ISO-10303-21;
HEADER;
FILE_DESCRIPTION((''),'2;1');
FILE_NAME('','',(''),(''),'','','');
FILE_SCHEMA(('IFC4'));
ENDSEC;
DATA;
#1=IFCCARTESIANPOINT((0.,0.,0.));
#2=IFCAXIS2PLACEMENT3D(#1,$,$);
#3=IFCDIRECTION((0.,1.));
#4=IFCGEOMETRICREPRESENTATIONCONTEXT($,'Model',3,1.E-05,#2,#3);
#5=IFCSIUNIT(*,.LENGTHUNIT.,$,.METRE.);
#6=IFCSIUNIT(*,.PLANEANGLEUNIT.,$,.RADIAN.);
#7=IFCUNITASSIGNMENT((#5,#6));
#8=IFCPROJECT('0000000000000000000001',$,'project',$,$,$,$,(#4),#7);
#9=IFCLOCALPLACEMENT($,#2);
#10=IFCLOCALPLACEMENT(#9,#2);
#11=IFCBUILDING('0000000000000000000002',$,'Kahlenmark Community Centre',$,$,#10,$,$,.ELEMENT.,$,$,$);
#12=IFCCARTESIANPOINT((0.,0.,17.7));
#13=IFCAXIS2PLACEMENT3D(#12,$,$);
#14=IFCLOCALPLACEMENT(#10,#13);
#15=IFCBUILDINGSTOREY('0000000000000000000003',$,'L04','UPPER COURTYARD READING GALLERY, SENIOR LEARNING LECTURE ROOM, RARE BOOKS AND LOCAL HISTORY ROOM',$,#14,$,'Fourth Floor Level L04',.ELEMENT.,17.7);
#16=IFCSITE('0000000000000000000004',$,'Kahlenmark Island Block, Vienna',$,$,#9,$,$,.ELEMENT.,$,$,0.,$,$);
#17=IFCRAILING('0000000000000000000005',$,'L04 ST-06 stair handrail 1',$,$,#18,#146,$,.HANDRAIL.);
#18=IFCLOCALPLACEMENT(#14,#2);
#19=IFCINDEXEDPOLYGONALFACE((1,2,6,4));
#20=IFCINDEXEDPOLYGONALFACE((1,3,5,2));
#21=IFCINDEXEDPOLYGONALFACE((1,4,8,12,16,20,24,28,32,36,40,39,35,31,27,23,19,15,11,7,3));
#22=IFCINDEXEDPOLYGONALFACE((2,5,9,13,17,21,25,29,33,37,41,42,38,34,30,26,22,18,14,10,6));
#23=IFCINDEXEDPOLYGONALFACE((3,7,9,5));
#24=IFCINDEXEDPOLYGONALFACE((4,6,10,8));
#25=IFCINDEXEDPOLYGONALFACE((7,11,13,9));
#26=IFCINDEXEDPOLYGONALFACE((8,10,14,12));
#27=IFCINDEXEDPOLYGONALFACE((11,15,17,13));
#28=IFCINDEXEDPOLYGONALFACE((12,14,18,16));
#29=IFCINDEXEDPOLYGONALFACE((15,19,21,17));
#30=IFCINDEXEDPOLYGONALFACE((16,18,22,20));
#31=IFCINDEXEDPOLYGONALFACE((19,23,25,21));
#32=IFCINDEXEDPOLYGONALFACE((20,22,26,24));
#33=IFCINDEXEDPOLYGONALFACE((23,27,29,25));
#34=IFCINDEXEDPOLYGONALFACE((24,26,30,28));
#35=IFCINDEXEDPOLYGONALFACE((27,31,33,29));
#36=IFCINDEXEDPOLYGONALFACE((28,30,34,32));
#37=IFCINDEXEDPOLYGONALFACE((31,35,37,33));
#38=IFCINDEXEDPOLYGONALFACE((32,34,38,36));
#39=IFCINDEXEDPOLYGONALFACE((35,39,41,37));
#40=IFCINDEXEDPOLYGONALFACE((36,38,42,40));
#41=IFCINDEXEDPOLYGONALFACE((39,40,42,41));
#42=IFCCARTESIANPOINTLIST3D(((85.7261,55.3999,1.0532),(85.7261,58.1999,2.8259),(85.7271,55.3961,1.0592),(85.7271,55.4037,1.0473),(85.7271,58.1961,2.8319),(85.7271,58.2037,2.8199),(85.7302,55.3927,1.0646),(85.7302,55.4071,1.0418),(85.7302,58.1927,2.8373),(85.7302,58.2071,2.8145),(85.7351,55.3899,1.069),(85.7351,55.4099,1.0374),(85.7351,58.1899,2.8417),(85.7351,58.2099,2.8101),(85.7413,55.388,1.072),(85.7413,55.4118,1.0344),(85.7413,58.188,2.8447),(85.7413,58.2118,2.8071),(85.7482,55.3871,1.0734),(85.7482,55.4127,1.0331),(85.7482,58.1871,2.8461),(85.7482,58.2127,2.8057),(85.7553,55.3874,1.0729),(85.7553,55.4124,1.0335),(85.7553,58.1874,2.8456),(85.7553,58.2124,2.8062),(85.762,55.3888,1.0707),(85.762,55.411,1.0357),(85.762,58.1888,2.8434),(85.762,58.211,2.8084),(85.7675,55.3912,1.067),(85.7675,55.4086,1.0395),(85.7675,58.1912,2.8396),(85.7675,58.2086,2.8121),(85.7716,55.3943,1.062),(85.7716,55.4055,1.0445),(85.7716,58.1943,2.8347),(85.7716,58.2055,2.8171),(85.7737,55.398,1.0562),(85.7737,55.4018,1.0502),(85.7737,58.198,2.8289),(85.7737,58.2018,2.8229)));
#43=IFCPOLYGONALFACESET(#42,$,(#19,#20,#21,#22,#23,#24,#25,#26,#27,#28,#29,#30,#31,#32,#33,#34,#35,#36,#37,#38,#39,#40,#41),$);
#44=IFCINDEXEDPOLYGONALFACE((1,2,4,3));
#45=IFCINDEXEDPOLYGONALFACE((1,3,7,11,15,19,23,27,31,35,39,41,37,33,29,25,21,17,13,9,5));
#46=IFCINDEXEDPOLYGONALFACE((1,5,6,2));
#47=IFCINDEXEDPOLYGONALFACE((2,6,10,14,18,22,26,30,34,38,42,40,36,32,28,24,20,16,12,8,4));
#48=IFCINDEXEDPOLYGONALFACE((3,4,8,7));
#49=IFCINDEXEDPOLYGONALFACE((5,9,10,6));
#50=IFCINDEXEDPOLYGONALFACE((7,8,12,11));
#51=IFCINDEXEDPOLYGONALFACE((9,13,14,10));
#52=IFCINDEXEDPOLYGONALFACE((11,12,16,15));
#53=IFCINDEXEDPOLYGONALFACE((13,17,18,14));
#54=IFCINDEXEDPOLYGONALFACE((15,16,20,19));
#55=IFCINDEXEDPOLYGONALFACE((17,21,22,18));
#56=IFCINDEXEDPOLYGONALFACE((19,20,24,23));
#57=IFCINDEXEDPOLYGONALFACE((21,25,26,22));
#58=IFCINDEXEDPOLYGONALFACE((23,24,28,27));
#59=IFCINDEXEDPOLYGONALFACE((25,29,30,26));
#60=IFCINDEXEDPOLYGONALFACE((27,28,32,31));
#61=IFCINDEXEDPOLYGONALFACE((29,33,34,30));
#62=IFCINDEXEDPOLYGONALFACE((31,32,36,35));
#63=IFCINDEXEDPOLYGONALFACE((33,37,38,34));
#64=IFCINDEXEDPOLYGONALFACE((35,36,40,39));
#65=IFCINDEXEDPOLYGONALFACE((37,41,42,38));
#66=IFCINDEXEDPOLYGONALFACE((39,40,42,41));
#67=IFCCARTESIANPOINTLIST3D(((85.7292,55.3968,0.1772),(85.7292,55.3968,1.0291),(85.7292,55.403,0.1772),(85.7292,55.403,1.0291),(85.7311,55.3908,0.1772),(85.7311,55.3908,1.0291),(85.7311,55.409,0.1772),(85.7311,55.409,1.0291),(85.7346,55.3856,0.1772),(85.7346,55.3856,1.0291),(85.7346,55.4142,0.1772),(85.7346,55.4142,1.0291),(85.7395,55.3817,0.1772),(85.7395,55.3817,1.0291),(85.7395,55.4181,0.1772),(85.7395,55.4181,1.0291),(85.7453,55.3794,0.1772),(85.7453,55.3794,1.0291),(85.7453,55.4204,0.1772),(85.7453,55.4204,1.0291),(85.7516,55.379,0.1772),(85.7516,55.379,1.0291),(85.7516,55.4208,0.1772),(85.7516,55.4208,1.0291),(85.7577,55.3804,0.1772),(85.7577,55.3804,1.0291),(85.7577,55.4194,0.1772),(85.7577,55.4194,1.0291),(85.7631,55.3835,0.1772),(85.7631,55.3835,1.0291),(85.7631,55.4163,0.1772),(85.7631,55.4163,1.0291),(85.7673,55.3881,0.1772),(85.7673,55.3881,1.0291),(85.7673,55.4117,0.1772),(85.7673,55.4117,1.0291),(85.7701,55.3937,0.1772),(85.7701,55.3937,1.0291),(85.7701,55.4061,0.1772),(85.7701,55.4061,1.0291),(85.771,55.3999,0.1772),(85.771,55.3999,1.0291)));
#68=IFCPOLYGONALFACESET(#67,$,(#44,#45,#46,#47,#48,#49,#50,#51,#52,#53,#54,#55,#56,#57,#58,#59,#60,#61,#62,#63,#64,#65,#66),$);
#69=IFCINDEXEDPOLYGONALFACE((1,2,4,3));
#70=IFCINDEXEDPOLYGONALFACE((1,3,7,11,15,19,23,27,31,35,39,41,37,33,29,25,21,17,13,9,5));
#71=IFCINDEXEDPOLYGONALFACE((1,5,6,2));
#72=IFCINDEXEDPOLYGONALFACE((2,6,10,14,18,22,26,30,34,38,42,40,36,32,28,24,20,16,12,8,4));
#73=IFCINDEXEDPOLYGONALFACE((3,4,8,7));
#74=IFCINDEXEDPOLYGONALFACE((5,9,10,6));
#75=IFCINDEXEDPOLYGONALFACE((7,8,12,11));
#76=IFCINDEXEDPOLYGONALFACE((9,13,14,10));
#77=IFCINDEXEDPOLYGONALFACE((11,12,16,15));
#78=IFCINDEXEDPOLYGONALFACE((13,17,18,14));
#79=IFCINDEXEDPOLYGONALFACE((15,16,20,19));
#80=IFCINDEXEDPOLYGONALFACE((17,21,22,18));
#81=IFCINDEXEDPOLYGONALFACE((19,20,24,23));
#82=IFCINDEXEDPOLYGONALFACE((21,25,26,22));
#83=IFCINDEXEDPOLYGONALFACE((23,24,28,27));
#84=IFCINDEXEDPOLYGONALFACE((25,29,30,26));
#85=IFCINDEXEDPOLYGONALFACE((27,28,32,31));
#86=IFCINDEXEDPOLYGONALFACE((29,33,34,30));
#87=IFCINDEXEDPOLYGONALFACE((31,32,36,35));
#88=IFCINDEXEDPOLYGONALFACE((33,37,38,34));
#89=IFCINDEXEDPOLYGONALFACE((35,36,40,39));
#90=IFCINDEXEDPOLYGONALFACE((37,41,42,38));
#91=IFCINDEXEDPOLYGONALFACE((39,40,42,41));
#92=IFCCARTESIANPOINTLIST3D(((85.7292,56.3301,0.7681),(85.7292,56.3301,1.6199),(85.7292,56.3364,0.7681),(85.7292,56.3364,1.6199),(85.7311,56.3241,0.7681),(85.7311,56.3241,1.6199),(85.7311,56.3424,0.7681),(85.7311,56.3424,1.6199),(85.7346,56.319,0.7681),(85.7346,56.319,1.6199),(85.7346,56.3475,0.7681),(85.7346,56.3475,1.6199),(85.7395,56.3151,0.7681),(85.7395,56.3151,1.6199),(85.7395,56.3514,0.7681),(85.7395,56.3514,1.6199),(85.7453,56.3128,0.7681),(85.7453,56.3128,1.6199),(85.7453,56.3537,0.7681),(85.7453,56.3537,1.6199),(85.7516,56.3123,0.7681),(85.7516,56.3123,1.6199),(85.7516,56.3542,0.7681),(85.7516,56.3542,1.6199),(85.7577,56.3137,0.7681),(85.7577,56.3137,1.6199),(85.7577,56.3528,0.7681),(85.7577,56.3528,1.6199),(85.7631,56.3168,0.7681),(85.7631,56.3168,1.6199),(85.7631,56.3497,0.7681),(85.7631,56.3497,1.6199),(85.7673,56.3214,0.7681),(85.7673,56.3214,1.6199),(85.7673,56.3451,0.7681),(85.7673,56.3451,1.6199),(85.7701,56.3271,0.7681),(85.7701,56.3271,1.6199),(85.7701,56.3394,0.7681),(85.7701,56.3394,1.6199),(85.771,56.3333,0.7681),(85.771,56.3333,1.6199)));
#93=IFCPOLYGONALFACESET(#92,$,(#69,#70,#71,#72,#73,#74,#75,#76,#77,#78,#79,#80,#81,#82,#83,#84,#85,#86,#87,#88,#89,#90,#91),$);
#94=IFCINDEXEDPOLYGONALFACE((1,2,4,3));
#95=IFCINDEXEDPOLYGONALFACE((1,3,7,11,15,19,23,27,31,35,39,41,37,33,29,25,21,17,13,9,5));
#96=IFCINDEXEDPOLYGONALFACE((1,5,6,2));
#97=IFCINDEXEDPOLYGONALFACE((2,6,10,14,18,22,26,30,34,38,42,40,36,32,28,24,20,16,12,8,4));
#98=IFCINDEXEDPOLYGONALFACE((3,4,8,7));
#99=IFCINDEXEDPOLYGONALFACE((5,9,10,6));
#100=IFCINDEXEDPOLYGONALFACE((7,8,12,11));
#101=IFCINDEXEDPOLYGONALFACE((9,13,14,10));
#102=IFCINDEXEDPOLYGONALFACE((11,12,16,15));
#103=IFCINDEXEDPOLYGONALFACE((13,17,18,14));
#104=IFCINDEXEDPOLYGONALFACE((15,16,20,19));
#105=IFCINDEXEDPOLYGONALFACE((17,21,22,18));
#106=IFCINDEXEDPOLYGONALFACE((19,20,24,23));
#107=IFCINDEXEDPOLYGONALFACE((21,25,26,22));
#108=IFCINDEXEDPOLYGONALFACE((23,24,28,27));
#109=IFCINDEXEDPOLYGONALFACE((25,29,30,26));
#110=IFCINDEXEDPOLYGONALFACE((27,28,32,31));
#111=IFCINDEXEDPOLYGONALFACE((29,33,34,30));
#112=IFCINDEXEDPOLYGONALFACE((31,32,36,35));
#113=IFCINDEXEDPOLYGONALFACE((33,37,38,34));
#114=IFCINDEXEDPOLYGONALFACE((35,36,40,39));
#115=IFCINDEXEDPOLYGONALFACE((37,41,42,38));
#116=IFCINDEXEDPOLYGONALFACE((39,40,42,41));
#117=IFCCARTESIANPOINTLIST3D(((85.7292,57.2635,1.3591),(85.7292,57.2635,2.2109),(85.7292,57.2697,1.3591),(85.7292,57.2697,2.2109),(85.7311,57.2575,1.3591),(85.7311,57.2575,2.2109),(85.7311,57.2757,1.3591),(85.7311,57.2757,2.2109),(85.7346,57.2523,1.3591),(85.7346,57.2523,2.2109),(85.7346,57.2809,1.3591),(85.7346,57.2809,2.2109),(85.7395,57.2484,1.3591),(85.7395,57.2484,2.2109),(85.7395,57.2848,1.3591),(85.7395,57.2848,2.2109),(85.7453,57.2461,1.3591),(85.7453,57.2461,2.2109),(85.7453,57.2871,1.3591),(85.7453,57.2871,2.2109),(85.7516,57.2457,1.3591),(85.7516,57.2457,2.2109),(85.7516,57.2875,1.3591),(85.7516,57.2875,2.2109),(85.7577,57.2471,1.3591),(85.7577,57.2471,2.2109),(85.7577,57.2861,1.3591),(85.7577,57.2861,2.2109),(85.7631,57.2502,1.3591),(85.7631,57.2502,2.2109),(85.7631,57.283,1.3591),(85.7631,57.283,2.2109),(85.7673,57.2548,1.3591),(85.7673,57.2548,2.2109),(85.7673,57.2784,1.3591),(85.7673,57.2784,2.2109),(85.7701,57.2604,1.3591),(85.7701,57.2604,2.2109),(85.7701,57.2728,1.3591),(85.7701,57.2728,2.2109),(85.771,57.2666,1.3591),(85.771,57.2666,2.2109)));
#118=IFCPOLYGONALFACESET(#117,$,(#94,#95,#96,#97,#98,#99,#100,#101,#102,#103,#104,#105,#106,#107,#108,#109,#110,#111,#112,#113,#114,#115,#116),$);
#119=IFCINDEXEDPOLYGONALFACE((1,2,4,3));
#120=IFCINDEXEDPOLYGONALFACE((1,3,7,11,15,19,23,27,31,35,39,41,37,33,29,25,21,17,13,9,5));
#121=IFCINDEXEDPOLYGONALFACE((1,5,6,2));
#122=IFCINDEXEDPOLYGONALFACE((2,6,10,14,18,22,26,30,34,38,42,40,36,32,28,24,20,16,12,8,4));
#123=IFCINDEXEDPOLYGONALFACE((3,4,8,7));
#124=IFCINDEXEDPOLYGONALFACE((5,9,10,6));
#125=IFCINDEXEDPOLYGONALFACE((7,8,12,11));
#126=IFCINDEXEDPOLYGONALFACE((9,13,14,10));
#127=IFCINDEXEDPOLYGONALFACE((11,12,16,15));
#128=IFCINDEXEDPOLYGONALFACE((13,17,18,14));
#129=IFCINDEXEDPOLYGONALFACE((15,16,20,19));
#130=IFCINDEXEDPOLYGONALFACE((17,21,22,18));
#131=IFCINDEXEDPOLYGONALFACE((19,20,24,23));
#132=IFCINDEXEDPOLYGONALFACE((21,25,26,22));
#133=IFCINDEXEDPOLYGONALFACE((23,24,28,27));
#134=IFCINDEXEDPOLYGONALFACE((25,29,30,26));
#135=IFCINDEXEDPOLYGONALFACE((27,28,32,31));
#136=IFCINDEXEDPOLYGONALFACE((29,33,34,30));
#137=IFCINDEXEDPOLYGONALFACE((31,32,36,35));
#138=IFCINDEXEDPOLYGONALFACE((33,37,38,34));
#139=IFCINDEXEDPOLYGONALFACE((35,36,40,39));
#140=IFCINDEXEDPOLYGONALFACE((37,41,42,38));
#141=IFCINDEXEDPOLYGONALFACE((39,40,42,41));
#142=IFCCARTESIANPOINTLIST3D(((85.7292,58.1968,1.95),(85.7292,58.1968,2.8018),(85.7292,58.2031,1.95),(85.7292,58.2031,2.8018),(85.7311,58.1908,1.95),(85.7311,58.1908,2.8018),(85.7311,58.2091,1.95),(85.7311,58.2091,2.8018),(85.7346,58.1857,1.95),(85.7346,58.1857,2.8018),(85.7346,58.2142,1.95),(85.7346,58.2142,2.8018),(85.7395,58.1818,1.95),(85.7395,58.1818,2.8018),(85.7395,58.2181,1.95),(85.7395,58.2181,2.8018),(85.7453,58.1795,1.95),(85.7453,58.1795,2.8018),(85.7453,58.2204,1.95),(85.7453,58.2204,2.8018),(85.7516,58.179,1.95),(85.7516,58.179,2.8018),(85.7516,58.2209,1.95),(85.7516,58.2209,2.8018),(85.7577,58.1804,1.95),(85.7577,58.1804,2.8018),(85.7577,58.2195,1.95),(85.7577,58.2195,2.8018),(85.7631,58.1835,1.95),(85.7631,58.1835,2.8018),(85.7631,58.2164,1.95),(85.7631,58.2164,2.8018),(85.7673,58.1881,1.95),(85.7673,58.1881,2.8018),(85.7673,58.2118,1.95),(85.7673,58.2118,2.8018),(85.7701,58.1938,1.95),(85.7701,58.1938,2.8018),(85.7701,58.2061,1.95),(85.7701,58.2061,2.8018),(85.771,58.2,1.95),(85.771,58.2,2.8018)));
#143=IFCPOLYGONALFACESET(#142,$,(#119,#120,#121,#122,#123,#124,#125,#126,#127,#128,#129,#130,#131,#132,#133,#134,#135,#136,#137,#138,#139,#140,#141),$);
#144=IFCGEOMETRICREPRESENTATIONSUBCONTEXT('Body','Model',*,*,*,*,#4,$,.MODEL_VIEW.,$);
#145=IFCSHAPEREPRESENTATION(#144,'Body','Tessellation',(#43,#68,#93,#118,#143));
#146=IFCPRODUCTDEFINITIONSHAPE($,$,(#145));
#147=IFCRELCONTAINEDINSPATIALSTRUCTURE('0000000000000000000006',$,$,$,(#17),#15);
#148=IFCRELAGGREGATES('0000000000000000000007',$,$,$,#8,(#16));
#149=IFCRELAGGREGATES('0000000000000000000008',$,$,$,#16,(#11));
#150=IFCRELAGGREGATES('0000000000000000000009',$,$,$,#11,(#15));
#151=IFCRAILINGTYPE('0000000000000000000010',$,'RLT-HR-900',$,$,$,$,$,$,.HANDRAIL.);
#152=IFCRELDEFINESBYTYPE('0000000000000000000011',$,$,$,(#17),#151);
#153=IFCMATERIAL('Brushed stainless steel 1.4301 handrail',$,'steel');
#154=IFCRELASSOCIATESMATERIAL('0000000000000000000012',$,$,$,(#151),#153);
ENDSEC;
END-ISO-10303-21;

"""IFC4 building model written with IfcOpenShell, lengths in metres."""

from ifc_helpers import new_model, si_unit, direction, frame, origin, origin_2d, place, context, subcontext, project, spatial, circle, extrude, material, type_object, element, save


model = new_model("IFC4")

# Units and contexts
model_context = context("Model", 3, precision=1e-05, world=origin(), true_north=direction((0.0, 1.0)))
body_context = subcontext(model_context, "Body", "Model", "MODEL_VIEW")
ifc_project = project(units=[si_unit("LENGTHUNIT", "METRE"), si_unit("PLANEANGLEUNIT", "RADIAN")], contexts=[model_context])

# Site, building, storey
site_placement = place(None, origin())
site = spatial("IfcSite", under=ifc_project, at=site_placement, Name="Kahlenmark Island Block, Vienna", CompositionType="ELEMENT", RefElevation=0.0)
building_placement = place(site_placement, origin())
building = spatial("IfcBuilding", under=site, at=building_placement, Name="Kahlenmark Community Centre", CompositionType="ELEMENT")
storey_placement = place(building_placement, frame((0.0, 0.0, 17.7)))
storey = spatial("IfcBuildingStorey", under=building, at=storey_placement, Name="L04", Description="UPPER COURTYARD READING GALLERY, SENIOR LEARNING LECTURE ROOM, RARE BOOKS AND LOCAL HISTORY ROOM", LongName="Fourth Floor Level L04", CompositionType="ELEMENT", Elevation=17.7)

# Railing
ifc_material_1 = material(Name="Brushed stainless steel 1.4301 handrail", Category="steel")
railing_type_1 = type_object("IfcRailingType", Name="RLT-HR-900", PredefinedType="HANDRAIL", material=ifc_material_1)
railing_1_placement = place(storey_placement, frame((85.75, 55.3999, 0.1772)))
element("IfcRailing", 1, at=railing_1_placement, inside=storey, type_object=railing_type_1, Name="L04 ST-06 stair handrail 1", PredefinedType="HANDRAIL", context=body_context, shape_type="SweptSolid", body=[
    extrude(circle(Radius=0.0239, at=origin_2d()), frame((0.0, 0.0, 0.876), z_axis=(0.0, 0.844909, 0.53491), x_axis=(-1.0, 0.0, 0.0)), (0.0, 0.0, 1.0), 3.314),
    extrude(circle(Radius=0.021, at=origin_2d()), origin(), (0.0, 0.0, 1.0), 0.8518),
    extrude(circle(Radius=0.021, at=origin_2d()), frame((0.0, 0.9333, 0.5908)), (0.0, 0.0, 1.0), 0.8518),
    extrude(circle(Radius=0.021, at=origin_2d()), frame((0.0, 1.8667, 1.1819)), (0.0, 0.0, 1.0), 0.8518),
    extrude(circle(Radius=0.021, at=origin_2d()), frame((0.0, 2.8, 1.7727)), (0.0, 0.0, 1.0), 0.8518),
])

save(model, "model.ifc")
